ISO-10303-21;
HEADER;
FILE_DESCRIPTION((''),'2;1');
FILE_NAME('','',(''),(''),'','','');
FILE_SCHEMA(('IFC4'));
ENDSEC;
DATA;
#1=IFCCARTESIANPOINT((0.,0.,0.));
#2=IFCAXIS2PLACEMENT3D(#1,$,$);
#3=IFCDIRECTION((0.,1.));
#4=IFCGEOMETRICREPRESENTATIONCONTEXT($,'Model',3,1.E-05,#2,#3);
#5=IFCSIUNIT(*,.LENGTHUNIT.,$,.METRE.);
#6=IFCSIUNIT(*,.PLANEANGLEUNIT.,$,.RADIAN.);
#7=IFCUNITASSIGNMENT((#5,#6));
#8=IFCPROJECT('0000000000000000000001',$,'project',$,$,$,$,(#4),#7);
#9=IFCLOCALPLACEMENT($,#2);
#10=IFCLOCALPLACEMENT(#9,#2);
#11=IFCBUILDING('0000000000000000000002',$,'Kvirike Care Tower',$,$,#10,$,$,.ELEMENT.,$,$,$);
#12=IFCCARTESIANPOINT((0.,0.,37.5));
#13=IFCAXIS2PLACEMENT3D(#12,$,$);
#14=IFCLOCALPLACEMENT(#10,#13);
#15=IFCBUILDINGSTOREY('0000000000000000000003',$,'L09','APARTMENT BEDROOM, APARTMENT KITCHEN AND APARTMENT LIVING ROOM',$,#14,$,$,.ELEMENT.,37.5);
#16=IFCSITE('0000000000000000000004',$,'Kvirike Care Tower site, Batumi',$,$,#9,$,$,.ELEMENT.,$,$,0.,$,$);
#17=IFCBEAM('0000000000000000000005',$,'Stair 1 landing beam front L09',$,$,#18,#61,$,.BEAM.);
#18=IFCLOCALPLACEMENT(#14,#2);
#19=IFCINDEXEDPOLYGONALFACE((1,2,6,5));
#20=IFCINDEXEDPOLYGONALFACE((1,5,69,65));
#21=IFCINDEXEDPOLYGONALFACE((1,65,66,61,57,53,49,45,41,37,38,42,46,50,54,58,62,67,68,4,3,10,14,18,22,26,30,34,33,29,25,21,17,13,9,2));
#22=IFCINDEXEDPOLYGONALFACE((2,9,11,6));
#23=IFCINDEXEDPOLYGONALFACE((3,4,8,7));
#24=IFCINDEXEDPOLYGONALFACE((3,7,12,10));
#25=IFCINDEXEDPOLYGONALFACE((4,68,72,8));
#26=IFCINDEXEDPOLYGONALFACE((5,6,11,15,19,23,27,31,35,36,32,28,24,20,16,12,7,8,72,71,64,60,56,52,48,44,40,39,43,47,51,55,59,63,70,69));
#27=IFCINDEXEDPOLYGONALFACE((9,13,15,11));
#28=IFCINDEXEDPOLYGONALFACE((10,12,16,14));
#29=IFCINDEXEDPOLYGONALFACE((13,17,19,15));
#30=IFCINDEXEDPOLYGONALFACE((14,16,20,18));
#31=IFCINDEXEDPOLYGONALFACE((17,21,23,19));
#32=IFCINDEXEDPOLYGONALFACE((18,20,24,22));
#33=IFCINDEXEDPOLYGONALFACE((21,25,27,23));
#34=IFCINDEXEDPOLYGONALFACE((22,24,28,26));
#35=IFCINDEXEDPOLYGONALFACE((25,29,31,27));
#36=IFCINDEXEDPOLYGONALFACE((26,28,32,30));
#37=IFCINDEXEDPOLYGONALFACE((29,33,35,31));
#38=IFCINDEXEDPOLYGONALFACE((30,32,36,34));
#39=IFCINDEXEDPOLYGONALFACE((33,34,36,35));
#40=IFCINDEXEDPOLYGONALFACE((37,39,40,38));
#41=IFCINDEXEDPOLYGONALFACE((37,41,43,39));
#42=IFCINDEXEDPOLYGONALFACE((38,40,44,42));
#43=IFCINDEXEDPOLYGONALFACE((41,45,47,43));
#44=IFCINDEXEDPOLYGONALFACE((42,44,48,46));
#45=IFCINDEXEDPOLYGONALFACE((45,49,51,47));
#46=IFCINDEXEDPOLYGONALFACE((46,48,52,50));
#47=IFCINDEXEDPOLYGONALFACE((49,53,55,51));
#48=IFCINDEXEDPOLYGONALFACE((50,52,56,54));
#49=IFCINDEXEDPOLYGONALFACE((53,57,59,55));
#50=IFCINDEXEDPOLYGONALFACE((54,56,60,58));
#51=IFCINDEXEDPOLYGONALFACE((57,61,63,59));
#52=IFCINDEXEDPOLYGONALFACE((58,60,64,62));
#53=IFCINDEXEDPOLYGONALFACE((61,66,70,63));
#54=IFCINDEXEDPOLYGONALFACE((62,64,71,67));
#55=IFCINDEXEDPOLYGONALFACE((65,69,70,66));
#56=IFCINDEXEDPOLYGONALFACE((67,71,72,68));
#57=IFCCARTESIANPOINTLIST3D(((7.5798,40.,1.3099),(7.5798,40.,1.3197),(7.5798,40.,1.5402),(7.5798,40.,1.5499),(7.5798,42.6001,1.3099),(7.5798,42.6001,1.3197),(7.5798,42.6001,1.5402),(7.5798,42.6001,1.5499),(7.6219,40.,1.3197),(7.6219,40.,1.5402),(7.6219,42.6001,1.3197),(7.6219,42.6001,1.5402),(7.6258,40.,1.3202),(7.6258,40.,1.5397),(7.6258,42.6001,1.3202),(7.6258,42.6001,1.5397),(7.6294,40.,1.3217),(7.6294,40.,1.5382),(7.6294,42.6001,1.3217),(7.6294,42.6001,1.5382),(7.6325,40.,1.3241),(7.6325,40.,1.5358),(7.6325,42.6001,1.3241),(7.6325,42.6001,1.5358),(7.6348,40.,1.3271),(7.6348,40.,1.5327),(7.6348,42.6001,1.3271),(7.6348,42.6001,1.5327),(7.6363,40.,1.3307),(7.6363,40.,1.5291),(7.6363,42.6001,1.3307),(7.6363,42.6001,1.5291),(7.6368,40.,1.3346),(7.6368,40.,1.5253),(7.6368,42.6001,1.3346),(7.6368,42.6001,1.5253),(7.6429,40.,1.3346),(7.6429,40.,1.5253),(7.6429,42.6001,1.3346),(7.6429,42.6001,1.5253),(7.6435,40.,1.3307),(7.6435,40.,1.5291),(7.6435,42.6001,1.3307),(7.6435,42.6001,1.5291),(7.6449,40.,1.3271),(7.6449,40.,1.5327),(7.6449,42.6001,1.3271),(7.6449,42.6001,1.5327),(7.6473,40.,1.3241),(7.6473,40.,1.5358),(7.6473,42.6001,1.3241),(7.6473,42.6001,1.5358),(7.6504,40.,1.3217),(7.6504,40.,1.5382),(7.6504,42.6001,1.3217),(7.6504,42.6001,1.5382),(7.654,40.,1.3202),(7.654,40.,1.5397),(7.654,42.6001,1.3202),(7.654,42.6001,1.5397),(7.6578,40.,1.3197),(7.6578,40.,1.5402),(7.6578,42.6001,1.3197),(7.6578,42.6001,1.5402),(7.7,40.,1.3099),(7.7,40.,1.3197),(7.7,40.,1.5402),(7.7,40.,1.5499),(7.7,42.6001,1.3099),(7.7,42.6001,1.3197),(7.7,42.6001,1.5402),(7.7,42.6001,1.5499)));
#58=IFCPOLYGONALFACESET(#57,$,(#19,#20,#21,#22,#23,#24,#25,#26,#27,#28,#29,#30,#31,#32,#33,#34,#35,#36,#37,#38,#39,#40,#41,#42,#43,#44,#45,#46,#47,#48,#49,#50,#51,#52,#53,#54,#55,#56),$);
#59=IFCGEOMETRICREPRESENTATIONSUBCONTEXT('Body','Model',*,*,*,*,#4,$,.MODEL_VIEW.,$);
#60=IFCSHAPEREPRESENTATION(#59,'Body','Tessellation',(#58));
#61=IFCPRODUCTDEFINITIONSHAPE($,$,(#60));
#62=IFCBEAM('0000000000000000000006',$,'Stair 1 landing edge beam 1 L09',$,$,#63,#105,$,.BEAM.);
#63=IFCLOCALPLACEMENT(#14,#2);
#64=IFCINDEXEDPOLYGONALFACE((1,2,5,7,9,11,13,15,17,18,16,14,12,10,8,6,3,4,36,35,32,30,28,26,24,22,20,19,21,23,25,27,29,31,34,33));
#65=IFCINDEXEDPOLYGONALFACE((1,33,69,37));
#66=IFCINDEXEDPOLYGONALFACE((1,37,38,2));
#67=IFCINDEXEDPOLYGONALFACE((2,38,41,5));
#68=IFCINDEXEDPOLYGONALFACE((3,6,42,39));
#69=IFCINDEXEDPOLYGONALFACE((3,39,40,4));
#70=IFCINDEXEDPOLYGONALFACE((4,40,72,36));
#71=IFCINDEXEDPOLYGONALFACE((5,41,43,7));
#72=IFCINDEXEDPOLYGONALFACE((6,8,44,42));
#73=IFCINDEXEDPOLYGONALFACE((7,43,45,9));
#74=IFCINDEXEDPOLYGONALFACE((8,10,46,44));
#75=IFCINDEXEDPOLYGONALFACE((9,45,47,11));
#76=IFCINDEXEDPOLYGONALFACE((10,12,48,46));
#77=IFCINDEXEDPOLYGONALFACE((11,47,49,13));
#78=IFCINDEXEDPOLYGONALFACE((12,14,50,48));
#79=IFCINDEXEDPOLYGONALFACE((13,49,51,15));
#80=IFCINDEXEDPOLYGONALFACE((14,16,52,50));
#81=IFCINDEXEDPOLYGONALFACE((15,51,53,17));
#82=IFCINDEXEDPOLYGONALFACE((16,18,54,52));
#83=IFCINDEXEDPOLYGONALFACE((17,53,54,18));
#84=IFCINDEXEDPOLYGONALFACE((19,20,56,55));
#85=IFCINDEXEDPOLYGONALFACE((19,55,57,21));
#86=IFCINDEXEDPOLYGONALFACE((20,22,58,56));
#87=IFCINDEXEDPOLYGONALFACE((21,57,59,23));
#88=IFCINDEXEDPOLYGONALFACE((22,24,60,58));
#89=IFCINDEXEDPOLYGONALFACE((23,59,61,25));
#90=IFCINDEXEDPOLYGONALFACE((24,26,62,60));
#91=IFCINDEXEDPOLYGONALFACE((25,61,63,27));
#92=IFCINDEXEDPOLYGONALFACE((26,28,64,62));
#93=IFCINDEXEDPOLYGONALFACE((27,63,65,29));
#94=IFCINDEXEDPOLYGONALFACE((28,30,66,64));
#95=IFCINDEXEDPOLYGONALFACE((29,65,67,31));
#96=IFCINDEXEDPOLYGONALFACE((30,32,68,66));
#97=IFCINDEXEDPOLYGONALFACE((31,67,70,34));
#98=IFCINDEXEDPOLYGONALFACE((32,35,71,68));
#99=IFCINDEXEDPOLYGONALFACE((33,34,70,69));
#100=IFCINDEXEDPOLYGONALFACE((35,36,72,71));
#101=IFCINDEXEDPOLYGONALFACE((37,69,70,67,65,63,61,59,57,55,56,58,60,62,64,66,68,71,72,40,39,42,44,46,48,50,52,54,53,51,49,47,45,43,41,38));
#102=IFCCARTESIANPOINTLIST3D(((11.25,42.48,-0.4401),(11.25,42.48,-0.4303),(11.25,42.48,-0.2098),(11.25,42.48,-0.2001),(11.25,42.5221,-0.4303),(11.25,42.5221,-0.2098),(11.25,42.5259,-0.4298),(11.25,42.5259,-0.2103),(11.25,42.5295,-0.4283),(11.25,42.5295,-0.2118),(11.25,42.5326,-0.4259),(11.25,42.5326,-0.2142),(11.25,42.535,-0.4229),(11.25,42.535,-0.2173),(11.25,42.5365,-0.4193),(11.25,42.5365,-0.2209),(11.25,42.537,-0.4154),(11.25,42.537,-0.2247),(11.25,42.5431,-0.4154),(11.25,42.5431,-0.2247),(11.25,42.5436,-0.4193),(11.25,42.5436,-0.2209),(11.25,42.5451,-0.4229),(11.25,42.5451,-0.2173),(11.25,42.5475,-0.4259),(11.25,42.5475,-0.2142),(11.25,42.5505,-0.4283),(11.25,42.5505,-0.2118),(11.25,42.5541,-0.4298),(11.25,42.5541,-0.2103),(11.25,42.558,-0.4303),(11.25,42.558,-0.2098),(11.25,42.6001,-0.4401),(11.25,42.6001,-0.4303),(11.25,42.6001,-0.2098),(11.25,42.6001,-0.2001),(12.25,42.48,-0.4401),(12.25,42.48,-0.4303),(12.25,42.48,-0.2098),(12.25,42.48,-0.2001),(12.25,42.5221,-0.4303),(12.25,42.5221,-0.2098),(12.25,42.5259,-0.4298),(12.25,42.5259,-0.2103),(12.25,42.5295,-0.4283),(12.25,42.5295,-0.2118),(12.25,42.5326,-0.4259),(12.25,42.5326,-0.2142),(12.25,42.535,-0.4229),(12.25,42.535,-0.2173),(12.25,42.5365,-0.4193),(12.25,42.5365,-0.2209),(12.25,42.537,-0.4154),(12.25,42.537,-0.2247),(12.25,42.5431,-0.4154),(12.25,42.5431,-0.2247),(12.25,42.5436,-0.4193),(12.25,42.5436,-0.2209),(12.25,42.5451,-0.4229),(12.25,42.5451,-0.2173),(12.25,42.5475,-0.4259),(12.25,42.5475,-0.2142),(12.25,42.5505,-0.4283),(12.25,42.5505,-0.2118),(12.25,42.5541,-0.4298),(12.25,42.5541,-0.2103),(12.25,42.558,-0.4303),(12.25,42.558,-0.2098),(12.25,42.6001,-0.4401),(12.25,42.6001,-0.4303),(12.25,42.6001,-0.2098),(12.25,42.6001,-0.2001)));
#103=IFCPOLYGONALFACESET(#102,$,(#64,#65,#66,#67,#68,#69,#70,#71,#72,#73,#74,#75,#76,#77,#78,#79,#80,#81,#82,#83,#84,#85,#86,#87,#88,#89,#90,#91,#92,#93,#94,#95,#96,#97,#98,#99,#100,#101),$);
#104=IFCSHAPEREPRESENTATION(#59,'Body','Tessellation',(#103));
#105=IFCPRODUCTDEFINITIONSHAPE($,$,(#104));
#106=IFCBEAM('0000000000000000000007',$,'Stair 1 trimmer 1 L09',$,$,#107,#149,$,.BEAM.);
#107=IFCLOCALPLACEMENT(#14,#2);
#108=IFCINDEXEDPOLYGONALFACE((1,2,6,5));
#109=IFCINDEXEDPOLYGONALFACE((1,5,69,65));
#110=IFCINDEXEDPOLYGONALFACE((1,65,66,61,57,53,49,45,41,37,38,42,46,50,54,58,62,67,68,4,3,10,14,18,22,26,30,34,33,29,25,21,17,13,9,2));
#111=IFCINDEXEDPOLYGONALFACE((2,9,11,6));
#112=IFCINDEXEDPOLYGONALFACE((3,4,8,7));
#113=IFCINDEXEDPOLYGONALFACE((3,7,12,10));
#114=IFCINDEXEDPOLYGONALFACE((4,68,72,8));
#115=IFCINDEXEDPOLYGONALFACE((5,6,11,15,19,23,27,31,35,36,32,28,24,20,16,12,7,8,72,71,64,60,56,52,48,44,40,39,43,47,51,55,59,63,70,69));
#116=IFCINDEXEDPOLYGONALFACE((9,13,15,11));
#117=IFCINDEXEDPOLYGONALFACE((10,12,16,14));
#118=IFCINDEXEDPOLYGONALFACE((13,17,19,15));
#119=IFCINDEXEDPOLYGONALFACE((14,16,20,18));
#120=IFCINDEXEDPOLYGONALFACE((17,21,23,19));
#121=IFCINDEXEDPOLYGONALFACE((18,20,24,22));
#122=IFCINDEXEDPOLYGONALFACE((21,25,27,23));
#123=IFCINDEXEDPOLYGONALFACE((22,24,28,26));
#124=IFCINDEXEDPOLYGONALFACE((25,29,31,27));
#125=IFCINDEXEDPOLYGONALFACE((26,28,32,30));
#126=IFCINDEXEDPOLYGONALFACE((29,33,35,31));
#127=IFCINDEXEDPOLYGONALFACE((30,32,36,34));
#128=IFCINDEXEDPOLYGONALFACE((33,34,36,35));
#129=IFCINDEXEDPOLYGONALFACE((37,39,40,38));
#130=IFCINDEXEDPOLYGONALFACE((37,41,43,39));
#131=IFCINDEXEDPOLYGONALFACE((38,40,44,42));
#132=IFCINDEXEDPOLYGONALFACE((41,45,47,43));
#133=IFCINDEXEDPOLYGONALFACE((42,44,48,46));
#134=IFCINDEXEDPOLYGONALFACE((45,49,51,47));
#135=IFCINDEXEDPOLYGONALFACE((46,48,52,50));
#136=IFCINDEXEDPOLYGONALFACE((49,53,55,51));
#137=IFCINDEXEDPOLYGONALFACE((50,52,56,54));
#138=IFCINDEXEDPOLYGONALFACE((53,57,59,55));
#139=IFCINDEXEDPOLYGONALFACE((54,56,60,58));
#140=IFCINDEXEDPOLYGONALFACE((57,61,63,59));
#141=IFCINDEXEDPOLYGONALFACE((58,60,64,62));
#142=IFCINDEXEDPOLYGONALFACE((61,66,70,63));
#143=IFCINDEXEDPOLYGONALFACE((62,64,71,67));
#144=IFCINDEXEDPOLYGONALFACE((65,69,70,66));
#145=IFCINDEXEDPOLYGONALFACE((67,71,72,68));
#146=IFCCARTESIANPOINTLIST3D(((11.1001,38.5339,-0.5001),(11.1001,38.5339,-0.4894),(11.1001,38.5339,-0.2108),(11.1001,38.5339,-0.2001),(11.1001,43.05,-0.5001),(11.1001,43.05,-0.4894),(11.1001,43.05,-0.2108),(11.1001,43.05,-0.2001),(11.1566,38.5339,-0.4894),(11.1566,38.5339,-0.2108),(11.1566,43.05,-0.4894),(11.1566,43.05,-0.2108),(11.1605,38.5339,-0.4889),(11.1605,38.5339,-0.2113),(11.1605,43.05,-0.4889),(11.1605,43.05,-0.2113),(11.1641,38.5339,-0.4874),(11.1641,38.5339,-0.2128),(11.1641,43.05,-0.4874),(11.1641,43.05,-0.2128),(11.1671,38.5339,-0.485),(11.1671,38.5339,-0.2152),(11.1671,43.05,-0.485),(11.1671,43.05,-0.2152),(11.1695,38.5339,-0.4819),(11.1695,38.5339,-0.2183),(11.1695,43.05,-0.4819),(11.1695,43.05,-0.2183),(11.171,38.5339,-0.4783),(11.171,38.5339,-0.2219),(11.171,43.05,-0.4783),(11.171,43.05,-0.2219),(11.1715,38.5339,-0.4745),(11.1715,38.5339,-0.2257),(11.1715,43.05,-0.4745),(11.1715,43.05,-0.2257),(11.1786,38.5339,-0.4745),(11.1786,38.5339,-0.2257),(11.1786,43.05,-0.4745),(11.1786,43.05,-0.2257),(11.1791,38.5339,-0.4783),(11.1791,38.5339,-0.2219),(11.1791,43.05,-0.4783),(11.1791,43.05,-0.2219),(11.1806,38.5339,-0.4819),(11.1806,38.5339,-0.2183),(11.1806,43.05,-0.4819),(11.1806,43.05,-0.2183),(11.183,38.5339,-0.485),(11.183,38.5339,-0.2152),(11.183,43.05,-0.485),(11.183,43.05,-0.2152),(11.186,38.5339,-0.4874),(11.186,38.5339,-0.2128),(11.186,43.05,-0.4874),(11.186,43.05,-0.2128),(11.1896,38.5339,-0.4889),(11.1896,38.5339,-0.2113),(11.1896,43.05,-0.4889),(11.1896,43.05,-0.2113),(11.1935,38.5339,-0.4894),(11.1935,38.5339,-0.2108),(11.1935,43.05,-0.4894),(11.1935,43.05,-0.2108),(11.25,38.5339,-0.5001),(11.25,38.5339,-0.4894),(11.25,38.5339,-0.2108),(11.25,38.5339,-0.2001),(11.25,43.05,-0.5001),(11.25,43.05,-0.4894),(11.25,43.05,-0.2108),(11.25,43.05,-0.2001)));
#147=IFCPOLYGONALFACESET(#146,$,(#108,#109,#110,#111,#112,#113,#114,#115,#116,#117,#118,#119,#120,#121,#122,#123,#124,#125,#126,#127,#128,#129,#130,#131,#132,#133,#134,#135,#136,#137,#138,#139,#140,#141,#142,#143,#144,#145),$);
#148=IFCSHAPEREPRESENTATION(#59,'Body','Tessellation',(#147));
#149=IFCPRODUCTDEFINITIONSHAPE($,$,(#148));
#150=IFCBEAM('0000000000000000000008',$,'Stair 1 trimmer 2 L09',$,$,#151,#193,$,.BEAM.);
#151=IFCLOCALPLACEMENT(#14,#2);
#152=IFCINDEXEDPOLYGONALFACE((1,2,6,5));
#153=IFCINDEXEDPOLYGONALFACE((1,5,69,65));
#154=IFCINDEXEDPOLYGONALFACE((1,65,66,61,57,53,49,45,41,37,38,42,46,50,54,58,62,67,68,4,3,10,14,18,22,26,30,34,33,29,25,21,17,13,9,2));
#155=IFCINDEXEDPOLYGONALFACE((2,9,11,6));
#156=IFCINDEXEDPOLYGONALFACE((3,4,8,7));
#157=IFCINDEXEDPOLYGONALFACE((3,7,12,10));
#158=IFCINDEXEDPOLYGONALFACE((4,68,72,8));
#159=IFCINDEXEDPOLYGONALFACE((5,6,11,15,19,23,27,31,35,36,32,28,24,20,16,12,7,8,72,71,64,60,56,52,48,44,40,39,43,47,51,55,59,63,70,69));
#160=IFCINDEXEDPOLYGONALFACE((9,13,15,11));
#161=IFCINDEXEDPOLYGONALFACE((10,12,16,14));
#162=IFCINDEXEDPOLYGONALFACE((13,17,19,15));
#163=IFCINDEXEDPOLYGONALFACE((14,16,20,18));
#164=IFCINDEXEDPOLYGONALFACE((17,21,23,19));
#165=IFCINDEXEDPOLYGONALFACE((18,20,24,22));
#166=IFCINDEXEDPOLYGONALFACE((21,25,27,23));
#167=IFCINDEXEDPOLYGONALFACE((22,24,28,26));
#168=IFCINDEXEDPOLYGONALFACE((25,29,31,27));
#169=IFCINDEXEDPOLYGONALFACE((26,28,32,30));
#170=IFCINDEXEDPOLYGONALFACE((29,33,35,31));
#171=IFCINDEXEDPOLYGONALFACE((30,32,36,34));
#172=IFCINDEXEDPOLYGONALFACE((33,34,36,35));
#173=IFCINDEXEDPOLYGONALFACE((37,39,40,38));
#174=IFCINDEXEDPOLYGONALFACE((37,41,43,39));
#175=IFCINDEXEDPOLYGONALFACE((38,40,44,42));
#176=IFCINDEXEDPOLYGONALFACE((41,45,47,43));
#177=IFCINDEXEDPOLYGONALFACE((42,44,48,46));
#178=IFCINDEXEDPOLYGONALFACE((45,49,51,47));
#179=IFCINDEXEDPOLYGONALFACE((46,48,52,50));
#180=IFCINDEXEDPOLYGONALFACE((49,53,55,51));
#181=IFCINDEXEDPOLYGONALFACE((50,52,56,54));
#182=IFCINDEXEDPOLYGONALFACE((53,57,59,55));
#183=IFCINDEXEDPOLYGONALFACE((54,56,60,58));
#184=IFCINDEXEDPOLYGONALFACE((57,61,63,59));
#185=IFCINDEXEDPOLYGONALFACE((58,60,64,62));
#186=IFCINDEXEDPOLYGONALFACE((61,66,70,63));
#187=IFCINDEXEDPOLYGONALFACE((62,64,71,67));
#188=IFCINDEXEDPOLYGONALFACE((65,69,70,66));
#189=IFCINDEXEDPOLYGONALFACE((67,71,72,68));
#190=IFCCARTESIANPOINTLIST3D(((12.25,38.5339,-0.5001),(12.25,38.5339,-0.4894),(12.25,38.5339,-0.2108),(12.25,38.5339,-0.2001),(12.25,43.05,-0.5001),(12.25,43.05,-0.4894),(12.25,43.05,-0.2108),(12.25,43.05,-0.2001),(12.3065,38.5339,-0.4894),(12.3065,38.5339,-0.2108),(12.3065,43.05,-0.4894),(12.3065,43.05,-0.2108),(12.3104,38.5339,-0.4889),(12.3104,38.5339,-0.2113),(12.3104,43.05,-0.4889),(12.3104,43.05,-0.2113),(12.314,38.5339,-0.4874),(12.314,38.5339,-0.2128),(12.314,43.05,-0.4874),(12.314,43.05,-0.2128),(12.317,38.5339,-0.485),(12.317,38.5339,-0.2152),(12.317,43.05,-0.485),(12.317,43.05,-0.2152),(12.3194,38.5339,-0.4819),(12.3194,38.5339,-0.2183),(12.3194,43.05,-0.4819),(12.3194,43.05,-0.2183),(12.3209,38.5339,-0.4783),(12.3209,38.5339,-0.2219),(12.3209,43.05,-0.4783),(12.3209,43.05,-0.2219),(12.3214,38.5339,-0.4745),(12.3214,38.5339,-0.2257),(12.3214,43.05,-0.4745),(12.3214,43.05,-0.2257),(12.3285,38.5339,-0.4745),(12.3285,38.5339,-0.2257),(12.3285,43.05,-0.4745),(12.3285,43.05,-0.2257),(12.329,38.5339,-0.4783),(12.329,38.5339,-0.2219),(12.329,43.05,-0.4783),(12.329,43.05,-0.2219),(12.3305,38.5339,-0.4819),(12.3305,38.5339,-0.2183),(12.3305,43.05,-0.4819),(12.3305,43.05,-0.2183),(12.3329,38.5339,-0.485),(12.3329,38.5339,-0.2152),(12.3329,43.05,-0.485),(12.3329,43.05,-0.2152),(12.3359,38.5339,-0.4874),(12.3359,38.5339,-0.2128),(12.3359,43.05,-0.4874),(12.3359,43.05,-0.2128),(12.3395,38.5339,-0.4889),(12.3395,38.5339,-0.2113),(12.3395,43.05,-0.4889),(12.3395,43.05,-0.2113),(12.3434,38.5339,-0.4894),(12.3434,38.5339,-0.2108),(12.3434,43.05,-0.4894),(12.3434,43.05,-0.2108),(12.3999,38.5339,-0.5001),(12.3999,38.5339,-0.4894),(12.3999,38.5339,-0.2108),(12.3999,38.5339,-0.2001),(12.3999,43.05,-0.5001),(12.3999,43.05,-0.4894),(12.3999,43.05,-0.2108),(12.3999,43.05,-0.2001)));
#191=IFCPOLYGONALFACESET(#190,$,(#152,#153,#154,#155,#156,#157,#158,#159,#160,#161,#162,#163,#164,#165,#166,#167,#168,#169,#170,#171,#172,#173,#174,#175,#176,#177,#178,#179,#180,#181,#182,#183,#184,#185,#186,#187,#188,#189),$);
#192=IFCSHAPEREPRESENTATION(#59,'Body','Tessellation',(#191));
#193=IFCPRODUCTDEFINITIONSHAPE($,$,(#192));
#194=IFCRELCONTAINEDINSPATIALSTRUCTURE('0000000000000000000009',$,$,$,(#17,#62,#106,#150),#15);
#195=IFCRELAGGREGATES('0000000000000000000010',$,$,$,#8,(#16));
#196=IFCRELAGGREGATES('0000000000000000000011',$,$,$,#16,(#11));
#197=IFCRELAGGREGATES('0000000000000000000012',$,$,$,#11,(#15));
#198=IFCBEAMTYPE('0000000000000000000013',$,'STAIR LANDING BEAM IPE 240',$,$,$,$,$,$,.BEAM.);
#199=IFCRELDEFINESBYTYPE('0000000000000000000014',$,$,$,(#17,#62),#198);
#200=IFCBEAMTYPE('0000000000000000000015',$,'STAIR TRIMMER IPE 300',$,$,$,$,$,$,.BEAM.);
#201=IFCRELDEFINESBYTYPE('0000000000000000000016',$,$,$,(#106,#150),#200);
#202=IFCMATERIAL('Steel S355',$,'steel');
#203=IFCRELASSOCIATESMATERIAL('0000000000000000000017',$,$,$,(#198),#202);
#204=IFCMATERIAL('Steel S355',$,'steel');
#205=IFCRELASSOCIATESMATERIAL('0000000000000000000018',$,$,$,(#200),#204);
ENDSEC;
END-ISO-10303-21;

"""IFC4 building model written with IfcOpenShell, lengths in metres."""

from ifc_helpers import new_model, si_unit, direction, frame, origin, origin_2d, place, context, subcontext, project, spatial, i_section, extrude, material, material_profile, profile_set, type_object, element, save


model = new_model("IFC4")

# Units and contexts
model_context = context("Model", 3, precision=1e-05, world=origin(), true_north=direction((0.0, 1.0)))
body_context = subcontext(model_context, "Body", "Model", "MODEL_VIEW")
ifc_project = project(units=[si_unit("LENGTHUNIT", "METRE"), si_unit("PLANEANGLEUNIT", "RADIAN")], contexts=[model_context])

# Site, building, storey
site_placement = place(None, origin())
site = spatial("IfcSite", under=ifc_project, at=site_placement, Name="Kvirike Care Tower site, Batumi", CompositionType="ELEMENT", RefElevation=0.0)
building_placement = place(site_placement, origin())
building = spatial("IfcBuilding", under=site, at=building_placement, Name="Kvirike Care Tower", CompositionType="ELEMENT")
storey_placement = place(building_placement, frame((0.0, 0.0, 37.5)))
storey = spatial("IfcBuildingStorey", under=building, at=storey_placement, Name="L09", Description="APARTMENT BEDROOM, APARTMENT KITCHEN AND APARTMENT LIVING ROOM", CompositionType="ELEMENT", Elevation=37.5)

# Beams
ifc_material_1 = material(Name="Steel S355", Category="steel")
ifc_material_profile_1 = material_profile(ifc_material_1, i_section(OverallWidth=0.1201, OverallDepth=0.24, WebThickness=0.0061, FlangeThickness=0.0098, FilletRadius=0.0149, at=origin_2d()), Name="IPE 240")
ifc_profile_set_1 = profile_set([ifc_material_profile_1], Name="Steel S355")
beam_type_1 = type_object("IfcBeamType", Name="STAIR LANDING BEAM IPE 240", PredefinedType="BEAM", material=ifc_profile_set_1)
beam_1_placement = place(storey_placement, frame((7.6399, 42.6001, 1.4299), z_axis=(0.0, -1.0, 0.0), x_axis=(1.0, 0.0, 0.0)))
element("IfcBeam", 1, at=beam_1_placement, inside=storey, type_object=beam_type_1, Name="Stair 1 landing beam front L09", PredefinedType="BEAM", context=body_context, shape_type="SweptSolid", body=[
    extrude(i_section(OverallWidth=0.1201, OverallDepth=0.24, WebThickness=0.0061, FlangeThickness=0.0098, FilletRadius=0.0149, at=origin_2d()), origin(), (0.0, 0.0, 1.0), 2.6001),
])
beam_2_placement = place(storey_placement, frame((11.25, 42.54, -0.3201), z_axis=(1.0, 0.0, 0.0), x_axis=(0.0, 1.0, 0.0)))
element("IfcBeam", 2, at=beam_2_placement, inside=storey, type_object=beam_type_1, Name="Stair 1 landing edge beam 1 L09", PredefinedType="BEAM", context=body_context, shape_type="SweptSolid", body=[
    extrude(i_section(OverallWidth=0.1201, OverallDepth=0.24, WebThickness=0.0061, FlangeThickness=0.0098, FilletRadius=0.0149, at=origin_2d()), origin(), (0.0, 0.0, 1.0), 1.0),
])
ifc_material_2 = material(Name="Steel S355", Category="steel")
ifc_material_profile_2 = material_profile(ifc_material_2, i_section(OverallWidth=0.1499, OverallDepth=0.3, WebThickness=0.0071, FlangeThickness=0.0107, FilletRadius=0.0149, at=origin_2d()), Name="IPE 300")
ifc_profile_set_2 = profile_set([ifc_material_profile_2], Name="Steel S355")
beam_type_2 = type_object("IfcBeamType", Name="STAIR TRIMMER IPE 300", PredefinedType="BEAM", material=ifc_profile_set_2)
for number, where, z_axis, x_axis, name in (
    (3, (11.175, 43.05, -0.3501), (0.0, -1.0, 0.0), (1.0, 0.0, 0.0), "Stair 1 trimmer 1 L09"),
    (4, (12.325, 43.05, -0.3501), (0.0, -1.0, 0.0), (1.0, 0.0, 0.0), "Stair 1 trimmer 2 L09"),
):
    element("IfcBeam", number, at=place(storey_placement, frame(where, z_axis=z_axis, x_axis=x_axis)), inside=storey, type_object=beam_type_2, Name=name, PredefinedType="BEAM", context=body_context, shape_type="SweptSolid", body=[
        extrude(i_section(OverallWidth=0.1499, OverallDepth=0.3, WebThickness=0.0071, FlangeThickness=0.0107, FilletRadius=0.0149, at=origin_2d()), origin(), (0.0, 0.0, 1.0), 4.5161),
    ])

save(model, "model.ifc")
